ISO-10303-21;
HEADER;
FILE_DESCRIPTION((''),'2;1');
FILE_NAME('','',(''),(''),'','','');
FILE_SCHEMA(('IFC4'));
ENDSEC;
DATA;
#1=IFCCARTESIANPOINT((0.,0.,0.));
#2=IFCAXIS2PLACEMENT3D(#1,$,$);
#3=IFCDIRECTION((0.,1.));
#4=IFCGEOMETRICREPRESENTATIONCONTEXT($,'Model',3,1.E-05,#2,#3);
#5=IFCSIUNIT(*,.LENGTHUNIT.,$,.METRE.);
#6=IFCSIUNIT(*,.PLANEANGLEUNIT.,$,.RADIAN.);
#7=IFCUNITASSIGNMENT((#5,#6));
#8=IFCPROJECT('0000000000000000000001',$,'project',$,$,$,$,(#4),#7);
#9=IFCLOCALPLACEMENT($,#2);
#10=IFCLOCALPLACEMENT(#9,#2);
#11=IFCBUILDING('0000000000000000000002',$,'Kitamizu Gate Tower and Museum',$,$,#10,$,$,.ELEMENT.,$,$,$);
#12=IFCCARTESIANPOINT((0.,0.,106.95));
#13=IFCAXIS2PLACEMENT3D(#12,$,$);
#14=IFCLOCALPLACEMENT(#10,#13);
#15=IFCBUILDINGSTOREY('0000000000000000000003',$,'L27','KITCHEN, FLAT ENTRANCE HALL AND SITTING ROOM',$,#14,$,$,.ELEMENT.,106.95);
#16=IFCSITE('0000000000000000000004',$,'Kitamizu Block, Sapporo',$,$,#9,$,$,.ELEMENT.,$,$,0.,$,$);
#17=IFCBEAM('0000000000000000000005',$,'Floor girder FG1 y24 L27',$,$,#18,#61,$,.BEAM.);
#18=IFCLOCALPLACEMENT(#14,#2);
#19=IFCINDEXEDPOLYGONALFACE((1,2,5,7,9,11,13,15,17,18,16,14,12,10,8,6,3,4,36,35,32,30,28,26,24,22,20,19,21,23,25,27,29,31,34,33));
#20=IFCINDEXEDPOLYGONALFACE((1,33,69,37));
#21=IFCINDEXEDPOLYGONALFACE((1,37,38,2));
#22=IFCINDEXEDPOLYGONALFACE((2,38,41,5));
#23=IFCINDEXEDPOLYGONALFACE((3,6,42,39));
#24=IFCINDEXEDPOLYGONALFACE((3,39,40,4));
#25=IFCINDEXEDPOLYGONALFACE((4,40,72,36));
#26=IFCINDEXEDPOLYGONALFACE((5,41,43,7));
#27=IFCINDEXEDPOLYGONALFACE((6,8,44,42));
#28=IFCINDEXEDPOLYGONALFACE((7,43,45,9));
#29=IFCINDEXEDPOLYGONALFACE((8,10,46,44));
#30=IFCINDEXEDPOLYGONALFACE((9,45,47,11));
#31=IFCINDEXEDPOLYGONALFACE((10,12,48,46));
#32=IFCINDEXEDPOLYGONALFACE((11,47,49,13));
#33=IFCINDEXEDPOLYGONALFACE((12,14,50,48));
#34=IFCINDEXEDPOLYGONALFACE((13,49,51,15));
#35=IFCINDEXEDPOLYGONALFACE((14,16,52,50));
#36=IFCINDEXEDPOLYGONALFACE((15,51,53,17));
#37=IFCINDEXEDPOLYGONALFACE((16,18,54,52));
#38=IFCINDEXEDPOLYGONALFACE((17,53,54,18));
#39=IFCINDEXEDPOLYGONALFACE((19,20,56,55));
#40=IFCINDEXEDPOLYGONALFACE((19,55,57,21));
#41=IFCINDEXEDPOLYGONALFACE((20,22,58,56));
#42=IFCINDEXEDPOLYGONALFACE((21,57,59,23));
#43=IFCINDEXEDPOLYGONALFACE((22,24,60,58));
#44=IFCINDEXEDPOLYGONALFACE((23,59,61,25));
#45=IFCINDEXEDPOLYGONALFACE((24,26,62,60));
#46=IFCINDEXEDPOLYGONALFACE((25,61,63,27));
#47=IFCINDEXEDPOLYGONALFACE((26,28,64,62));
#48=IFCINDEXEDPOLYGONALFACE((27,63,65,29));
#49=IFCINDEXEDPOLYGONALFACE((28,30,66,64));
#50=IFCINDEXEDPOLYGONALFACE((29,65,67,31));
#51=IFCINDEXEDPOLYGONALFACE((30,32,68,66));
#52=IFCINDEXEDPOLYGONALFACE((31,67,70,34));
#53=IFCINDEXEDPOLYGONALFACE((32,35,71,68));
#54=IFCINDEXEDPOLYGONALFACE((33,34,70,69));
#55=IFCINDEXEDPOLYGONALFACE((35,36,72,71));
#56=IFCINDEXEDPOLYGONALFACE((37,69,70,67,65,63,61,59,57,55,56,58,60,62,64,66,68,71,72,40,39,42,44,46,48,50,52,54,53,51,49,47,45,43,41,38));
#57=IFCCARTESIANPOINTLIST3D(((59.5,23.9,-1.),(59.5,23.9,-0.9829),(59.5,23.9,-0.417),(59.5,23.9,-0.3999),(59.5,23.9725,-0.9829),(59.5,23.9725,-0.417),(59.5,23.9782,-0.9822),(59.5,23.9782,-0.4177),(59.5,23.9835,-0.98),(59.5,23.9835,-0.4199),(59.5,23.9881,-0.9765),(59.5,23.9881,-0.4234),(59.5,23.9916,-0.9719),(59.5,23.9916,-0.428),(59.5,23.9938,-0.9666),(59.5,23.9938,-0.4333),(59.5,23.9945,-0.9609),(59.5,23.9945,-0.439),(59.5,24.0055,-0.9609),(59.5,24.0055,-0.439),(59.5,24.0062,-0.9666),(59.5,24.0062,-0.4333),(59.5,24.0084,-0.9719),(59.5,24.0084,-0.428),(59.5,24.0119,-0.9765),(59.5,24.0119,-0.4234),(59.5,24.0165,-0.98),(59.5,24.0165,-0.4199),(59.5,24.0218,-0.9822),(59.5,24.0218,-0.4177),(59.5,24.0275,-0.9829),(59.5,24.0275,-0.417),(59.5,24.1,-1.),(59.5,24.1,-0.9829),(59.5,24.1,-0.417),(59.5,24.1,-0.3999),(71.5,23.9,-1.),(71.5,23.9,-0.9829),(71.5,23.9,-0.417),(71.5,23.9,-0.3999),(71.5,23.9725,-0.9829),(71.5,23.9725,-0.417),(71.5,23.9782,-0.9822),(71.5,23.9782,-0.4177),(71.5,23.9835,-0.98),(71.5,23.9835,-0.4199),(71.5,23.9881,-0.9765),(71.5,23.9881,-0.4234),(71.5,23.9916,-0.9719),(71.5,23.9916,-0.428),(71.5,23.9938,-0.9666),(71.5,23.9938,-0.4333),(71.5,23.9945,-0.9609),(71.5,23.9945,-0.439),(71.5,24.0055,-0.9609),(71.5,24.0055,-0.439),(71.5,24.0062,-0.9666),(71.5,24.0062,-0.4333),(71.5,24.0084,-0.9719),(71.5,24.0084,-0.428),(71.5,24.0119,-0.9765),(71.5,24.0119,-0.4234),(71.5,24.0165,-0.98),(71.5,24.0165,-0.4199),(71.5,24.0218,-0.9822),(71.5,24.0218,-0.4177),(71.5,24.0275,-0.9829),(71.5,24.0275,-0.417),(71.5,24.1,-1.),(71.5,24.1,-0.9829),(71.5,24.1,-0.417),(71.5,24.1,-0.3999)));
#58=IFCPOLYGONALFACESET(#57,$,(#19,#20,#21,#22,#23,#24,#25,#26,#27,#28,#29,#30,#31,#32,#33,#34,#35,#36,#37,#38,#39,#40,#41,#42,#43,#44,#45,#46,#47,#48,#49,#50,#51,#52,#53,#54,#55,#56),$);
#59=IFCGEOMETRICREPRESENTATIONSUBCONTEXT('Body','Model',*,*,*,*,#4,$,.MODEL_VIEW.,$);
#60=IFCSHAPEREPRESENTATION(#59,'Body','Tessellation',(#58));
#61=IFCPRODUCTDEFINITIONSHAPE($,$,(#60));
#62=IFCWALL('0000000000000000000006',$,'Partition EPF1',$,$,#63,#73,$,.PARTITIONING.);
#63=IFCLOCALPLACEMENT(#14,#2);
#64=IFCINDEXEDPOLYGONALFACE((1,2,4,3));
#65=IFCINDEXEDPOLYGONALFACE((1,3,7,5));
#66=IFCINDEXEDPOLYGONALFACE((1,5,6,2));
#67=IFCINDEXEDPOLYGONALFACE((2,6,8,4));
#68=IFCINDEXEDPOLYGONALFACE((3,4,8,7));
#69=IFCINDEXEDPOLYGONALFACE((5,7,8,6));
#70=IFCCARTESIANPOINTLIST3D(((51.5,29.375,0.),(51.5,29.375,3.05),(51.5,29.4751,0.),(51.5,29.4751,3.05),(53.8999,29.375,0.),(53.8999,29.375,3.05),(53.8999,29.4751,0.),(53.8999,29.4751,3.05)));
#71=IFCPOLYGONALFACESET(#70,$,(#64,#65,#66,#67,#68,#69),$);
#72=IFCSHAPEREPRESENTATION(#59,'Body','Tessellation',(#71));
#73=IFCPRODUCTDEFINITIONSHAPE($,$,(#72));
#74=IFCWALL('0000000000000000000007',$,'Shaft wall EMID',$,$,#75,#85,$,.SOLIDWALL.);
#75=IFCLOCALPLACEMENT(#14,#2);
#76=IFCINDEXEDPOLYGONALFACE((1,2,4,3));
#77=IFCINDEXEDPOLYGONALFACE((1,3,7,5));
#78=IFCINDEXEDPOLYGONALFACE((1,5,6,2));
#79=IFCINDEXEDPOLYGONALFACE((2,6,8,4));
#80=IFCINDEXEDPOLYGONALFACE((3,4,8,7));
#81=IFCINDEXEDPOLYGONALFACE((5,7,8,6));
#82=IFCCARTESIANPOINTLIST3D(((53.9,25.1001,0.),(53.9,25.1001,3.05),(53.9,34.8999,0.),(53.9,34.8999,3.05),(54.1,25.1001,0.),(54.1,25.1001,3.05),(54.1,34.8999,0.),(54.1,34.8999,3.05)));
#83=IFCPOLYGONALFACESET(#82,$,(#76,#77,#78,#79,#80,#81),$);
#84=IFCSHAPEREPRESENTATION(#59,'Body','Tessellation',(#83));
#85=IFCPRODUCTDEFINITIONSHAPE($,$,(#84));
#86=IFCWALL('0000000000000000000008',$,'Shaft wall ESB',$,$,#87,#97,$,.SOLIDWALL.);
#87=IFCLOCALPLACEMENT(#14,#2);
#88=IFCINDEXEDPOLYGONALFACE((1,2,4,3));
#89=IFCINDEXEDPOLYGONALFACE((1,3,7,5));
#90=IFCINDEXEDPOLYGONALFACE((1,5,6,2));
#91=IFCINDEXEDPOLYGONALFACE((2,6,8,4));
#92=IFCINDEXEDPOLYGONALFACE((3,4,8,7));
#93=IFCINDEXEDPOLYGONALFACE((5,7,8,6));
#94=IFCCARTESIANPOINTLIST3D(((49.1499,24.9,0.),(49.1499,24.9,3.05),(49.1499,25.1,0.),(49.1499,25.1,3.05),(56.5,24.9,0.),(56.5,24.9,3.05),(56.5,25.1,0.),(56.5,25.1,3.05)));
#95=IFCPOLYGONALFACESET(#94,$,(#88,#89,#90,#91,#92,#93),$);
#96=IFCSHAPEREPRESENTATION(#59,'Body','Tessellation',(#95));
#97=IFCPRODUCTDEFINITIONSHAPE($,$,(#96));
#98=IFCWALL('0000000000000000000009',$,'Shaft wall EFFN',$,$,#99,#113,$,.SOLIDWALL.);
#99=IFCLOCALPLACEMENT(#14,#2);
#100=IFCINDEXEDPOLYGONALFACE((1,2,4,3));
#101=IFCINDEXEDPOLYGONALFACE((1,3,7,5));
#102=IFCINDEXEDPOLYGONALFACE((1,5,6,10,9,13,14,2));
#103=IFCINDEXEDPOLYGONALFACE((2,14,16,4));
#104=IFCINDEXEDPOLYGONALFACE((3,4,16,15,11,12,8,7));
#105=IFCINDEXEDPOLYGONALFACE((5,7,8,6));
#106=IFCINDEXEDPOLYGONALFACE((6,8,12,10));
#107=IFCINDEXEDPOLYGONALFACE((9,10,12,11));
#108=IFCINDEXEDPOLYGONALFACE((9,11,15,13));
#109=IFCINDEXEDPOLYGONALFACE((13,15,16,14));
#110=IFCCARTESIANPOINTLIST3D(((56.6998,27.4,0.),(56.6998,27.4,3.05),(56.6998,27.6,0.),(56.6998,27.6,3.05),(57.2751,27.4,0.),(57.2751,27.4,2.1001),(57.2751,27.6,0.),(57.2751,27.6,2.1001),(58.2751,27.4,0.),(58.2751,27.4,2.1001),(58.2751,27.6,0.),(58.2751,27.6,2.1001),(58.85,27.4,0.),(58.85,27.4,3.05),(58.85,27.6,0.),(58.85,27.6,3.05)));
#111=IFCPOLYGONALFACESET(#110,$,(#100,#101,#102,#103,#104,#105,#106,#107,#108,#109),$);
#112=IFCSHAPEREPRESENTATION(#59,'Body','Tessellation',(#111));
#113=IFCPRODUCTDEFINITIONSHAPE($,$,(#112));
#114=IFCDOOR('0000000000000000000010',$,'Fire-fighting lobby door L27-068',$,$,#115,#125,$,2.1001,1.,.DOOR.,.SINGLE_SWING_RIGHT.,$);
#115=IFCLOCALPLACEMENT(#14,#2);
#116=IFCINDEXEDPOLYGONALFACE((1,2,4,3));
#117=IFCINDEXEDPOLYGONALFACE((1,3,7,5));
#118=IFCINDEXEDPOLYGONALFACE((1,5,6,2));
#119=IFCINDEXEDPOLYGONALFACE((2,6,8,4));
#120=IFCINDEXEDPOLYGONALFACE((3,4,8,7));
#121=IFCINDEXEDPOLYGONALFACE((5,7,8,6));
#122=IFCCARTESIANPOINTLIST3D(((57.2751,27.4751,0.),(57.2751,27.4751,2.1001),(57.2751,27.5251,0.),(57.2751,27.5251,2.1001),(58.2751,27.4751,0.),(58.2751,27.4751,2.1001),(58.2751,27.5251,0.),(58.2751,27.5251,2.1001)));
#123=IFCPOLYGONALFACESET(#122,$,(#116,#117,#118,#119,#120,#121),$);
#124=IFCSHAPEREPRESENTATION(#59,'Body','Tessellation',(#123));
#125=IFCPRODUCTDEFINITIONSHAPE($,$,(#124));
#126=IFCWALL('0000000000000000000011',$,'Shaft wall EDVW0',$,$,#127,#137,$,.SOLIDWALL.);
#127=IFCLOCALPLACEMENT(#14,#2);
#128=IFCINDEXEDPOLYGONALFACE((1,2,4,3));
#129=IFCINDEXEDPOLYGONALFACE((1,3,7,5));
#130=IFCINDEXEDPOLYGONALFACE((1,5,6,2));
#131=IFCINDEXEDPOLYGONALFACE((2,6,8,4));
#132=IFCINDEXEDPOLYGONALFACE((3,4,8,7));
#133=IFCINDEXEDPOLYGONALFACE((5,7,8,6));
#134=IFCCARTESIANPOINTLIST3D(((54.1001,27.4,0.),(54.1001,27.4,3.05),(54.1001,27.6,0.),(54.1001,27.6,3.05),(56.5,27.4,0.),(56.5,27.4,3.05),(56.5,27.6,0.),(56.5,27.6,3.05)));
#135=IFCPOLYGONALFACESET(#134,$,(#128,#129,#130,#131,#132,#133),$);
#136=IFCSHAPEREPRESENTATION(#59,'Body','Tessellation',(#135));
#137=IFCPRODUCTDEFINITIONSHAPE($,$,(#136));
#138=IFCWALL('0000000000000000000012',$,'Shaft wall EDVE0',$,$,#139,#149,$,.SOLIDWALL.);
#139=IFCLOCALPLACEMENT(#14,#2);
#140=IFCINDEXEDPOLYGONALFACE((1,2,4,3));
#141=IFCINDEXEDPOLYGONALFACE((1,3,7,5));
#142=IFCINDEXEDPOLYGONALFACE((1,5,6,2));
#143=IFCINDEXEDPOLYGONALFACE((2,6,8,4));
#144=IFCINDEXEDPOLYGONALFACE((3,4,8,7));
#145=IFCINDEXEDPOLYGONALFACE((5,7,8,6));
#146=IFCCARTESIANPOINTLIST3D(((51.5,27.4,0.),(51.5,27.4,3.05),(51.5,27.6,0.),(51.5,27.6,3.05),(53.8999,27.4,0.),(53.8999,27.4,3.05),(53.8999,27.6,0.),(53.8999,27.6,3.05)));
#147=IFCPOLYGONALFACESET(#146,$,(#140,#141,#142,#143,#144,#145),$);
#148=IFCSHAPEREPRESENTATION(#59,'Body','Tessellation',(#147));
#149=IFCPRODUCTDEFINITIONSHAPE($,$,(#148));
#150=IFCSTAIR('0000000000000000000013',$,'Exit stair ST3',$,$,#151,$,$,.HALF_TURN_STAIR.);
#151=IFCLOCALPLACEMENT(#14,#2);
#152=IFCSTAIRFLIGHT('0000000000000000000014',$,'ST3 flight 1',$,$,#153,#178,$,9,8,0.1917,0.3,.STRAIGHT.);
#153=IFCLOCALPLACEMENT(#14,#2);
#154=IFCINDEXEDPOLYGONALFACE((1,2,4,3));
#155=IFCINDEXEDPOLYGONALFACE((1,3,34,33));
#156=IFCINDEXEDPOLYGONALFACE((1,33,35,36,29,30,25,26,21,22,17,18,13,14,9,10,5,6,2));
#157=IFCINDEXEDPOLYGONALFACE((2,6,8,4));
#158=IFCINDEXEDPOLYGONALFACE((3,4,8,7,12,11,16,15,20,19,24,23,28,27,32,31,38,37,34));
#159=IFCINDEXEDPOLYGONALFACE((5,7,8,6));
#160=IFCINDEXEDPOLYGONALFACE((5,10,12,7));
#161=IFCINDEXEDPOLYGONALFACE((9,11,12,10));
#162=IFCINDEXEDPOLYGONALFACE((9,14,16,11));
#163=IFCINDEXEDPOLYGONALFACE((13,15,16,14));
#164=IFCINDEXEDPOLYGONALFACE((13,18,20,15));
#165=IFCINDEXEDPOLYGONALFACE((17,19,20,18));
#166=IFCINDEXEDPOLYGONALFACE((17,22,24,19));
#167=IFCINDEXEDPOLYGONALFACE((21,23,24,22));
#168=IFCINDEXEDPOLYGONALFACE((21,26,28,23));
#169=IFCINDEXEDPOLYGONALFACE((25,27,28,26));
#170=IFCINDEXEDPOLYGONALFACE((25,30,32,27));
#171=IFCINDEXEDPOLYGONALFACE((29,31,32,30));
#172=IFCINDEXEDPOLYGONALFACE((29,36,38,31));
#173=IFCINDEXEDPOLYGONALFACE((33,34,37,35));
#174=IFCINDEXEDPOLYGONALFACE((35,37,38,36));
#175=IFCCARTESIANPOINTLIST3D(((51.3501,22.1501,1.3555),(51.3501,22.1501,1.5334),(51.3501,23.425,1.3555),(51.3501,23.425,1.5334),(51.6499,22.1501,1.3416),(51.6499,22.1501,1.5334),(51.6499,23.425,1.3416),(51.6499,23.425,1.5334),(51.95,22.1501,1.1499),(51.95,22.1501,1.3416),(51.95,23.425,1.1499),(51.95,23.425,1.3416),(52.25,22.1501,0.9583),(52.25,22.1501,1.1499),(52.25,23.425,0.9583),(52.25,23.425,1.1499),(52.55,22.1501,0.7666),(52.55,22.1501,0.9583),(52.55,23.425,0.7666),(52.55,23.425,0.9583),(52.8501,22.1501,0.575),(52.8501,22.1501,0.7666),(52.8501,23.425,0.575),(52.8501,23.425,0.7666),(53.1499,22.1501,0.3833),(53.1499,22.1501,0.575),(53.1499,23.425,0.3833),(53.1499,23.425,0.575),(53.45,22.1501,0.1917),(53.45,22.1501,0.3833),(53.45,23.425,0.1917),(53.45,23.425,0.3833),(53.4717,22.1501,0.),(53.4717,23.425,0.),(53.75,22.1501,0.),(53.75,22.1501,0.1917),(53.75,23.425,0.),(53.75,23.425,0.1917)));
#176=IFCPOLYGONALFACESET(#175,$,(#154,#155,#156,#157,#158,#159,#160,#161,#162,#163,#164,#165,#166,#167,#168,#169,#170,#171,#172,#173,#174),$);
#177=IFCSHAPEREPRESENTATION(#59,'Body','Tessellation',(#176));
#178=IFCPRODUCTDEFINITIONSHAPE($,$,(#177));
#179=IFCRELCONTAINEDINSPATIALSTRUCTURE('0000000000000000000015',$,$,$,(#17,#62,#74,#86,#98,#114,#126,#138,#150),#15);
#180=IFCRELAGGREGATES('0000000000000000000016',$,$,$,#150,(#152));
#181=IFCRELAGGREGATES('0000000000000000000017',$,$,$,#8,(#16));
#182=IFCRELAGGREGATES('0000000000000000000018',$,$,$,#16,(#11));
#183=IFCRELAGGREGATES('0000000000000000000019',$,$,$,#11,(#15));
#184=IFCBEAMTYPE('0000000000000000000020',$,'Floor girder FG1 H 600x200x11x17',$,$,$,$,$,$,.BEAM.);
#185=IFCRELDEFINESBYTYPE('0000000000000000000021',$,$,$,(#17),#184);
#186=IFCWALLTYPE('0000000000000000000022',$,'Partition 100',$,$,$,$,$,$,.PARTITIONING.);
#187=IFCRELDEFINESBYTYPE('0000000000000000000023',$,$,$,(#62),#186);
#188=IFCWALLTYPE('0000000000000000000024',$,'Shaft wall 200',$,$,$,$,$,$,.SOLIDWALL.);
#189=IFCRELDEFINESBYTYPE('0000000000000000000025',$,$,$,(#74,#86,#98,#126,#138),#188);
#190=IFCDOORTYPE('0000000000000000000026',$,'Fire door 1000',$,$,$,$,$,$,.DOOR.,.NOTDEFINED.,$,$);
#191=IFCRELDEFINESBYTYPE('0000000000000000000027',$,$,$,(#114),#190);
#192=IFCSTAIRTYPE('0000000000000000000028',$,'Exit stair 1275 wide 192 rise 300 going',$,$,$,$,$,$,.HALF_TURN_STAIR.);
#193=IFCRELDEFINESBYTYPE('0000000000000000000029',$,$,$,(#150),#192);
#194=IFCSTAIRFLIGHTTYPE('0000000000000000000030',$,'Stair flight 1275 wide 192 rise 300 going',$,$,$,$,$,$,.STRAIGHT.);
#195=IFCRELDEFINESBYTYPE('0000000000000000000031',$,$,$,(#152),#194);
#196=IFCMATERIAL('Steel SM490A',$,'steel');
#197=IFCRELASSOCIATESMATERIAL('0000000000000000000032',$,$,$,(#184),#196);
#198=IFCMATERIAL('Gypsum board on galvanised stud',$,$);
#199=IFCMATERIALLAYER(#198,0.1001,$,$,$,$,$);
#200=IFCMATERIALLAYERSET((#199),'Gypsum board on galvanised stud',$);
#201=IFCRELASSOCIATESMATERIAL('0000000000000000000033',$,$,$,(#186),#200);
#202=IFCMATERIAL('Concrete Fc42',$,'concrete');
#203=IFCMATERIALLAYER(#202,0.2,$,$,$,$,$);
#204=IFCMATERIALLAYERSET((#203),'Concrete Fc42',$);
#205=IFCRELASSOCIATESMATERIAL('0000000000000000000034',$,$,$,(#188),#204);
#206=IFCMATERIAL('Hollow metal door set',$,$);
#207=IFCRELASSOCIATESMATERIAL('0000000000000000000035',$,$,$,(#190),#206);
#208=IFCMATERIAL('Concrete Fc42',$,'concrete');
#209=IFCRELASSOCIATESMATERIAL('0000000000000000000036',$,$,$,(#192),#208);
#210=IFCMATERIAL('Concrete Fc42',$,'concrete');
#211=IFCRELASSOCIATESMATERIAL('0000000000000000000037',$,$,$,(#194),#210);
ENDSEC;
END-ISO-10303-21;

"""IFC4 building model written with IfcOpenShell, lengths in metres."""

from ifc_helpers import new_model, si_unit, direction, frame, frame_2d, origin, origin_2d, place, context, subcontext, project, spatial, polyline, rectangle, i_section, outline, extrude, material, layer, layer_set, material_profile, profile_set, type_object, element, fill, aggregate, save


model = new_model("IFC4")

# Units and contexts
model_context = context("Model", 3, precision=1e-05, world=origin(), true_north=direction((0.0, 1.0)))
body_context = subcontext(model_context, "Body", "Model", "MODEL_VIEW")
ifc_project = project(units=[si_unit("LENGTHUNIT", "METRE"), si_unit("PLANEANGLEUNIT", "RADIAN")], contexts=[model_context])

# Site, building, storey
site_placement = place(None, origin())
site = spatial("IfcSite", under=ifc_project, at=site_placement, Name="Kitamizu Block, Sapporo", CompositionType="ELEMENT", RefElevation=0.0)
building_placement = place(site_placement, origin())
building = spatial("IfcBuilding", under=site, at=building_placement, Name="Kitamizu Gate Tower and Museum", CompositionType="ELEMENT")
storey_placement = place(building_placement, frame((0.0, 0.0, 106.95)))
storey = spatial("IfcBuildingStorey", under=building, at=storey_placement, Name="L27", Description="KITCHEN, FLAT ENTRANCE HALL AND SITTING ROOM", CompositionType="ELEMENT", Elevation=106.95)

# Beam
ifc_material_1 = material(Name="Steel SM490A", Category="steel")
ifc_material_profile = material_profile(ifc_material_1, i_section(OverallWidth=0.2, OverallDepth=0.6001, WebThickness=0.011, FlangeThickness=0.0171, FilletRadius=0.022, at=origin_2d()), Name="H-600x200x11x17")
ifc_profile_set = profile_set([ifc_material_profile], Name="Steel SM490A")
beam_type = type_object("IfcBeamType", Name="Floor girder FG1 H 600x200x11x17", PredefinedType="BEAM", material=ifc_profile_set)
beam_placement = place(storey_placement, frame((59.5, 24.0, -0.7), z_axis=(1.0, 0.0, 0.0), x_axis=(0.0, 1.0, 0.0)))
element("IfcBeam", 1, at=beam_placement, inside=storey, type_object=beam_type, Name="Floor girder FG1 y24 L27", PredefinedType="BEAM", context=body_context, shape_type="SweptSolid", body=[
    extrude(i_section(OverallWidth=0.2, OverallDepth=0.6001, WebThickness=0.011, FlangeThickness=0.0171, FilletRadius=0.022, at=origin_2d()), origin(), (0.0, 0.0, 1.0), 12.0),
])

# Walls
ifc_material_2 = material(Name="Gypsum board on galvanised stud")
ifc_layer_1 = layer(ifc_material_2, 0.1001)
ifc_layer_set_1 = layer_set([ifc_layer_1], Name="Gypsum board on galvanised stud")
wall_type_1 = type_object("IfcWallType", Name="Partition 100", PredefinedType="PARTITIONING", material=ifc_layer_set_1)
wall_1_placement = place(storey_placement, frame((53.8999, 29.425, 0.0), z_axis=(0.0, 0.0, 1.0), x_axis=(-1.0, 0.0, 0.0)))
element("IfcWall", 2, at=wall_1_placement, inside=storey, type_object=wall_type_1, Name="Partition EPF1", PredefinedType="PARTITIONING", context=body_context, shape_type="SweptSolid", body=[
    extrude(rectangle(XDim=2.3999, YDim=0.1001, at=frame_2d((1.2, 0.0))), origin(), (0.0, 0.0, 1.0), 3.05),
])
ifc_material_3 = material(Name="Concrete Fc42", Category="concrete")
ifc_layer_2 = layer(ifc_material_3, 0.2)
ifc_layer_set_2 = layer_set([ifc_layer_2], Name="Concrete Fc42")
wall_type_2 = type_object("IfcWallType", Name="Shaft wall 200", PredefinedType="SOLIDWALL", material=ifc_layer_set_2)
wall_2_placement = place(storey_placement, frame((54.0, 25.1001, 0.0), z_axis=(0.0, 0.0, 1.0), x_axis=(0.0, 1.0, 0.0)))
element("IfcWall", 3, at=wall_2_placement, inside=storey, type_object=wall_type_2, Name="Shaft wall EMID", PredefinedType="SOLIDWALL", context=body_context, shape_type="SweptSolid", body=[
    extrude(rectangle(XDim=9.7998, YDim=0.2, at=frame_2d((4.8999, 0.0))), origin(), (0.0, 0.0, 1.0), 3.05),
])
wall_3_placement = place(storey_placement, frame((56.5, 25.0, 0.0), z_axis=(0.0, 0.0, 1.0), x_axis=(-1.0, 0.0, 0.0)))
element("IfcWall", 4, at=wall_3_placement, inside=storey, type_object=wall_type_2, Name="Shaft wall ESB", PredefinedType="SOLIDWALL", context=body_context, shape_type="SweptSolid", body=[
    extrude(rectangle(XDim=7.3501, YDim=0.2, at=frame_2d((3.675, 0.0))), origin(), (0.0, 0.0, 1.0), 3.05),
])

# Wall, opening, door
wall_4_placement = place(storey_placement, frame((58.8501, 27.5, 0.0), z_axis=(0.0, 0.0, 1.0), x_axis=(-1.0, 0.0, 0.0)))
wall_4 = element("IfcWall", 5, at=wall_4_placement, inside=storey, type_object=wall_type_2, Name="Shaft wall EFFN", PredefinedType="SOLIDWALL", context=body_context, shape_type="SweptSolid", body=[
    extrude(rectangle(XDim=2.1501, YDim=0.2, at=frame_2d((1.0752, 0.0))), origin(), (0.0, 0.0, 1.0), 3.05),
])
opening_placement = place(wall_4_placement, frame((0.575, 0.0, 0.0)))
opening = element("IfcOpeningElement", 6, at=opening_placement, cuts=wall_4, PredefinedType="OPENING", context=body_context, shape_type="SweptSolid", body=[
    extrude(rectangle(XDim=1.0, YDim=2.1001, at=frame_2d((0.5, 1.05))), frame((0.0, 0.1099, 0.0), z_axis=(0.0, -1.0, 0.0), x_axis=(1.0, 0.0, 0.0)), (0.0, 0.0, 1.0), 0.22),
])
ifc_material_4 = material(Name="Hollow metal door set")
door_type = type_object("IfcDoorType", Name="Fire door 1000", OperationType="NOTDEFINED", PredefinedType="DOOR", material=ifc_material_4)
door_placement = place(opening_placement, origin())
door = element("IfcDoor", 7, at=door_placement, inside=storey, type_object=door_type, Name="Fire-fighting lobby door L27-068", OperationType="SINGLE_SWING_RIGHT", OverallHeight=2.1001, OverallWidth=1.0, PredefinedType="DOOR", context=body_context, shape_type="SweptSolid", body=[
    extrude(rectangle(XDim=1.0, YDim=2.1001, at=frame_2d((0.5, 1.05))), frame((0.0, 0.0249, 0.0), z_axis=(0.0, -1.0, 0.0), x_axis=(1.0, 0.0, 0.0)), (0.0, 0.0, 1.0), 0.05),
])
fill(opening, door)

# Walls
for number, where, z_axis, x_axis, name in (
    (8, (56.5, 27.5, 0.0), (0.0, 0.0, 1.0), (-1.0, 0.0, 0.0), "Shaft wall EDVW0"),
    (9, (53.8999, 27.5, 0.0), (0.0, 0.0, 1.0), (-1.0, 0.0, 0.0), "Shaft wall EDVE0"),
):
    element("IfcWall", number, at=place(storey_placement, frame(where, z_axis=z_axis, x_axis=x_axis)), inside=storey, type_object=wall_type_2, Name=name, PredefinedType="SOLIDWALL", context=body_context, shape_type="SweptSolid", body=[
        extrude(rectangle(XDim=2.3999, YDim=0.2, at=frame_2d((1.2, 0.0))), origin(), (0.0, 0.0, 1.0), 3.05),
    ])

# Stair, stair flight
ifc_material_5 = material(Name="Concrete Fc42", Category="concrete")
stair_type = type_object("IfcStairType", Name="Exit stair 1275 wide 192 rise 300 going", PredefinedType="HALF_TURN_STAIR", material=ifc_material_5)
stair_placement = place(storey_placement, origin())
stair = element("IfcStair", 10, at=stair_placement, inside=storey, type_object=stair_type, Name="Exit stair ST3", PredefinedType="HALF_TURN_STAIR")
ifc_material_6 = material(Name="Concrete Fc42", Category="concrete")
stair_flight_type = type_object("IfcStairFlightType", Name="Stair flight 1275 wide 192 rise 300 going", PredefinedType="STRAIGHT", material=ifc_material_6)
stair_flight_placement = place(storey_placement, frame((53.75, 22.7876, 0.0), z_axis=(0.0, 0.0, 1.0), x_axis=(-1.0, 0.0, 0.0)))
stair_flight = element("IfcStairFlight", 11, at=stair_flight_placement, type_object=stair_flight_type, Name="ST3 flight 1", NumberOfRisers=9, NumberOfTreads=8, PredefinedType="STRAIGHT", RiserHeight=0.1917, TreadLength=0.3, context=body_context, shape_type="SweptSolid", body=[
    extrude(outline(polyline([(0.0, 0.0), (0.0, 0.1917), (0.3, 0.1917), (0.3, 0.3833), (0.6001, 0.3833), (0.6001, 0.575), (0.8999, 0.575), (0.8999, 0.7666), (1.2, 0.7666), (1.2, 0.9583), (1.5, 0.9583), (1.5, 1.1499), (1.8, 1.1499), (1.8, 1.3416), (2.1001, 1.3416), (2.1001, 1.5334), (2.3999, 1.5334), (2.3999, 1.7251), (2.3999, 1.3555), (0.2783, 0.0), (0.0, 0.0)])), frame((0.0, 0.6375, 0.0), z_axis=(0.0, -1.0, 0.0), x_axis=(1.0, 0.0, 0.0)), (0.0, 0.0, 1.0), 1.2749),
])
aggregate(stair, [stair_flight])

save(model, "model.ifc")
